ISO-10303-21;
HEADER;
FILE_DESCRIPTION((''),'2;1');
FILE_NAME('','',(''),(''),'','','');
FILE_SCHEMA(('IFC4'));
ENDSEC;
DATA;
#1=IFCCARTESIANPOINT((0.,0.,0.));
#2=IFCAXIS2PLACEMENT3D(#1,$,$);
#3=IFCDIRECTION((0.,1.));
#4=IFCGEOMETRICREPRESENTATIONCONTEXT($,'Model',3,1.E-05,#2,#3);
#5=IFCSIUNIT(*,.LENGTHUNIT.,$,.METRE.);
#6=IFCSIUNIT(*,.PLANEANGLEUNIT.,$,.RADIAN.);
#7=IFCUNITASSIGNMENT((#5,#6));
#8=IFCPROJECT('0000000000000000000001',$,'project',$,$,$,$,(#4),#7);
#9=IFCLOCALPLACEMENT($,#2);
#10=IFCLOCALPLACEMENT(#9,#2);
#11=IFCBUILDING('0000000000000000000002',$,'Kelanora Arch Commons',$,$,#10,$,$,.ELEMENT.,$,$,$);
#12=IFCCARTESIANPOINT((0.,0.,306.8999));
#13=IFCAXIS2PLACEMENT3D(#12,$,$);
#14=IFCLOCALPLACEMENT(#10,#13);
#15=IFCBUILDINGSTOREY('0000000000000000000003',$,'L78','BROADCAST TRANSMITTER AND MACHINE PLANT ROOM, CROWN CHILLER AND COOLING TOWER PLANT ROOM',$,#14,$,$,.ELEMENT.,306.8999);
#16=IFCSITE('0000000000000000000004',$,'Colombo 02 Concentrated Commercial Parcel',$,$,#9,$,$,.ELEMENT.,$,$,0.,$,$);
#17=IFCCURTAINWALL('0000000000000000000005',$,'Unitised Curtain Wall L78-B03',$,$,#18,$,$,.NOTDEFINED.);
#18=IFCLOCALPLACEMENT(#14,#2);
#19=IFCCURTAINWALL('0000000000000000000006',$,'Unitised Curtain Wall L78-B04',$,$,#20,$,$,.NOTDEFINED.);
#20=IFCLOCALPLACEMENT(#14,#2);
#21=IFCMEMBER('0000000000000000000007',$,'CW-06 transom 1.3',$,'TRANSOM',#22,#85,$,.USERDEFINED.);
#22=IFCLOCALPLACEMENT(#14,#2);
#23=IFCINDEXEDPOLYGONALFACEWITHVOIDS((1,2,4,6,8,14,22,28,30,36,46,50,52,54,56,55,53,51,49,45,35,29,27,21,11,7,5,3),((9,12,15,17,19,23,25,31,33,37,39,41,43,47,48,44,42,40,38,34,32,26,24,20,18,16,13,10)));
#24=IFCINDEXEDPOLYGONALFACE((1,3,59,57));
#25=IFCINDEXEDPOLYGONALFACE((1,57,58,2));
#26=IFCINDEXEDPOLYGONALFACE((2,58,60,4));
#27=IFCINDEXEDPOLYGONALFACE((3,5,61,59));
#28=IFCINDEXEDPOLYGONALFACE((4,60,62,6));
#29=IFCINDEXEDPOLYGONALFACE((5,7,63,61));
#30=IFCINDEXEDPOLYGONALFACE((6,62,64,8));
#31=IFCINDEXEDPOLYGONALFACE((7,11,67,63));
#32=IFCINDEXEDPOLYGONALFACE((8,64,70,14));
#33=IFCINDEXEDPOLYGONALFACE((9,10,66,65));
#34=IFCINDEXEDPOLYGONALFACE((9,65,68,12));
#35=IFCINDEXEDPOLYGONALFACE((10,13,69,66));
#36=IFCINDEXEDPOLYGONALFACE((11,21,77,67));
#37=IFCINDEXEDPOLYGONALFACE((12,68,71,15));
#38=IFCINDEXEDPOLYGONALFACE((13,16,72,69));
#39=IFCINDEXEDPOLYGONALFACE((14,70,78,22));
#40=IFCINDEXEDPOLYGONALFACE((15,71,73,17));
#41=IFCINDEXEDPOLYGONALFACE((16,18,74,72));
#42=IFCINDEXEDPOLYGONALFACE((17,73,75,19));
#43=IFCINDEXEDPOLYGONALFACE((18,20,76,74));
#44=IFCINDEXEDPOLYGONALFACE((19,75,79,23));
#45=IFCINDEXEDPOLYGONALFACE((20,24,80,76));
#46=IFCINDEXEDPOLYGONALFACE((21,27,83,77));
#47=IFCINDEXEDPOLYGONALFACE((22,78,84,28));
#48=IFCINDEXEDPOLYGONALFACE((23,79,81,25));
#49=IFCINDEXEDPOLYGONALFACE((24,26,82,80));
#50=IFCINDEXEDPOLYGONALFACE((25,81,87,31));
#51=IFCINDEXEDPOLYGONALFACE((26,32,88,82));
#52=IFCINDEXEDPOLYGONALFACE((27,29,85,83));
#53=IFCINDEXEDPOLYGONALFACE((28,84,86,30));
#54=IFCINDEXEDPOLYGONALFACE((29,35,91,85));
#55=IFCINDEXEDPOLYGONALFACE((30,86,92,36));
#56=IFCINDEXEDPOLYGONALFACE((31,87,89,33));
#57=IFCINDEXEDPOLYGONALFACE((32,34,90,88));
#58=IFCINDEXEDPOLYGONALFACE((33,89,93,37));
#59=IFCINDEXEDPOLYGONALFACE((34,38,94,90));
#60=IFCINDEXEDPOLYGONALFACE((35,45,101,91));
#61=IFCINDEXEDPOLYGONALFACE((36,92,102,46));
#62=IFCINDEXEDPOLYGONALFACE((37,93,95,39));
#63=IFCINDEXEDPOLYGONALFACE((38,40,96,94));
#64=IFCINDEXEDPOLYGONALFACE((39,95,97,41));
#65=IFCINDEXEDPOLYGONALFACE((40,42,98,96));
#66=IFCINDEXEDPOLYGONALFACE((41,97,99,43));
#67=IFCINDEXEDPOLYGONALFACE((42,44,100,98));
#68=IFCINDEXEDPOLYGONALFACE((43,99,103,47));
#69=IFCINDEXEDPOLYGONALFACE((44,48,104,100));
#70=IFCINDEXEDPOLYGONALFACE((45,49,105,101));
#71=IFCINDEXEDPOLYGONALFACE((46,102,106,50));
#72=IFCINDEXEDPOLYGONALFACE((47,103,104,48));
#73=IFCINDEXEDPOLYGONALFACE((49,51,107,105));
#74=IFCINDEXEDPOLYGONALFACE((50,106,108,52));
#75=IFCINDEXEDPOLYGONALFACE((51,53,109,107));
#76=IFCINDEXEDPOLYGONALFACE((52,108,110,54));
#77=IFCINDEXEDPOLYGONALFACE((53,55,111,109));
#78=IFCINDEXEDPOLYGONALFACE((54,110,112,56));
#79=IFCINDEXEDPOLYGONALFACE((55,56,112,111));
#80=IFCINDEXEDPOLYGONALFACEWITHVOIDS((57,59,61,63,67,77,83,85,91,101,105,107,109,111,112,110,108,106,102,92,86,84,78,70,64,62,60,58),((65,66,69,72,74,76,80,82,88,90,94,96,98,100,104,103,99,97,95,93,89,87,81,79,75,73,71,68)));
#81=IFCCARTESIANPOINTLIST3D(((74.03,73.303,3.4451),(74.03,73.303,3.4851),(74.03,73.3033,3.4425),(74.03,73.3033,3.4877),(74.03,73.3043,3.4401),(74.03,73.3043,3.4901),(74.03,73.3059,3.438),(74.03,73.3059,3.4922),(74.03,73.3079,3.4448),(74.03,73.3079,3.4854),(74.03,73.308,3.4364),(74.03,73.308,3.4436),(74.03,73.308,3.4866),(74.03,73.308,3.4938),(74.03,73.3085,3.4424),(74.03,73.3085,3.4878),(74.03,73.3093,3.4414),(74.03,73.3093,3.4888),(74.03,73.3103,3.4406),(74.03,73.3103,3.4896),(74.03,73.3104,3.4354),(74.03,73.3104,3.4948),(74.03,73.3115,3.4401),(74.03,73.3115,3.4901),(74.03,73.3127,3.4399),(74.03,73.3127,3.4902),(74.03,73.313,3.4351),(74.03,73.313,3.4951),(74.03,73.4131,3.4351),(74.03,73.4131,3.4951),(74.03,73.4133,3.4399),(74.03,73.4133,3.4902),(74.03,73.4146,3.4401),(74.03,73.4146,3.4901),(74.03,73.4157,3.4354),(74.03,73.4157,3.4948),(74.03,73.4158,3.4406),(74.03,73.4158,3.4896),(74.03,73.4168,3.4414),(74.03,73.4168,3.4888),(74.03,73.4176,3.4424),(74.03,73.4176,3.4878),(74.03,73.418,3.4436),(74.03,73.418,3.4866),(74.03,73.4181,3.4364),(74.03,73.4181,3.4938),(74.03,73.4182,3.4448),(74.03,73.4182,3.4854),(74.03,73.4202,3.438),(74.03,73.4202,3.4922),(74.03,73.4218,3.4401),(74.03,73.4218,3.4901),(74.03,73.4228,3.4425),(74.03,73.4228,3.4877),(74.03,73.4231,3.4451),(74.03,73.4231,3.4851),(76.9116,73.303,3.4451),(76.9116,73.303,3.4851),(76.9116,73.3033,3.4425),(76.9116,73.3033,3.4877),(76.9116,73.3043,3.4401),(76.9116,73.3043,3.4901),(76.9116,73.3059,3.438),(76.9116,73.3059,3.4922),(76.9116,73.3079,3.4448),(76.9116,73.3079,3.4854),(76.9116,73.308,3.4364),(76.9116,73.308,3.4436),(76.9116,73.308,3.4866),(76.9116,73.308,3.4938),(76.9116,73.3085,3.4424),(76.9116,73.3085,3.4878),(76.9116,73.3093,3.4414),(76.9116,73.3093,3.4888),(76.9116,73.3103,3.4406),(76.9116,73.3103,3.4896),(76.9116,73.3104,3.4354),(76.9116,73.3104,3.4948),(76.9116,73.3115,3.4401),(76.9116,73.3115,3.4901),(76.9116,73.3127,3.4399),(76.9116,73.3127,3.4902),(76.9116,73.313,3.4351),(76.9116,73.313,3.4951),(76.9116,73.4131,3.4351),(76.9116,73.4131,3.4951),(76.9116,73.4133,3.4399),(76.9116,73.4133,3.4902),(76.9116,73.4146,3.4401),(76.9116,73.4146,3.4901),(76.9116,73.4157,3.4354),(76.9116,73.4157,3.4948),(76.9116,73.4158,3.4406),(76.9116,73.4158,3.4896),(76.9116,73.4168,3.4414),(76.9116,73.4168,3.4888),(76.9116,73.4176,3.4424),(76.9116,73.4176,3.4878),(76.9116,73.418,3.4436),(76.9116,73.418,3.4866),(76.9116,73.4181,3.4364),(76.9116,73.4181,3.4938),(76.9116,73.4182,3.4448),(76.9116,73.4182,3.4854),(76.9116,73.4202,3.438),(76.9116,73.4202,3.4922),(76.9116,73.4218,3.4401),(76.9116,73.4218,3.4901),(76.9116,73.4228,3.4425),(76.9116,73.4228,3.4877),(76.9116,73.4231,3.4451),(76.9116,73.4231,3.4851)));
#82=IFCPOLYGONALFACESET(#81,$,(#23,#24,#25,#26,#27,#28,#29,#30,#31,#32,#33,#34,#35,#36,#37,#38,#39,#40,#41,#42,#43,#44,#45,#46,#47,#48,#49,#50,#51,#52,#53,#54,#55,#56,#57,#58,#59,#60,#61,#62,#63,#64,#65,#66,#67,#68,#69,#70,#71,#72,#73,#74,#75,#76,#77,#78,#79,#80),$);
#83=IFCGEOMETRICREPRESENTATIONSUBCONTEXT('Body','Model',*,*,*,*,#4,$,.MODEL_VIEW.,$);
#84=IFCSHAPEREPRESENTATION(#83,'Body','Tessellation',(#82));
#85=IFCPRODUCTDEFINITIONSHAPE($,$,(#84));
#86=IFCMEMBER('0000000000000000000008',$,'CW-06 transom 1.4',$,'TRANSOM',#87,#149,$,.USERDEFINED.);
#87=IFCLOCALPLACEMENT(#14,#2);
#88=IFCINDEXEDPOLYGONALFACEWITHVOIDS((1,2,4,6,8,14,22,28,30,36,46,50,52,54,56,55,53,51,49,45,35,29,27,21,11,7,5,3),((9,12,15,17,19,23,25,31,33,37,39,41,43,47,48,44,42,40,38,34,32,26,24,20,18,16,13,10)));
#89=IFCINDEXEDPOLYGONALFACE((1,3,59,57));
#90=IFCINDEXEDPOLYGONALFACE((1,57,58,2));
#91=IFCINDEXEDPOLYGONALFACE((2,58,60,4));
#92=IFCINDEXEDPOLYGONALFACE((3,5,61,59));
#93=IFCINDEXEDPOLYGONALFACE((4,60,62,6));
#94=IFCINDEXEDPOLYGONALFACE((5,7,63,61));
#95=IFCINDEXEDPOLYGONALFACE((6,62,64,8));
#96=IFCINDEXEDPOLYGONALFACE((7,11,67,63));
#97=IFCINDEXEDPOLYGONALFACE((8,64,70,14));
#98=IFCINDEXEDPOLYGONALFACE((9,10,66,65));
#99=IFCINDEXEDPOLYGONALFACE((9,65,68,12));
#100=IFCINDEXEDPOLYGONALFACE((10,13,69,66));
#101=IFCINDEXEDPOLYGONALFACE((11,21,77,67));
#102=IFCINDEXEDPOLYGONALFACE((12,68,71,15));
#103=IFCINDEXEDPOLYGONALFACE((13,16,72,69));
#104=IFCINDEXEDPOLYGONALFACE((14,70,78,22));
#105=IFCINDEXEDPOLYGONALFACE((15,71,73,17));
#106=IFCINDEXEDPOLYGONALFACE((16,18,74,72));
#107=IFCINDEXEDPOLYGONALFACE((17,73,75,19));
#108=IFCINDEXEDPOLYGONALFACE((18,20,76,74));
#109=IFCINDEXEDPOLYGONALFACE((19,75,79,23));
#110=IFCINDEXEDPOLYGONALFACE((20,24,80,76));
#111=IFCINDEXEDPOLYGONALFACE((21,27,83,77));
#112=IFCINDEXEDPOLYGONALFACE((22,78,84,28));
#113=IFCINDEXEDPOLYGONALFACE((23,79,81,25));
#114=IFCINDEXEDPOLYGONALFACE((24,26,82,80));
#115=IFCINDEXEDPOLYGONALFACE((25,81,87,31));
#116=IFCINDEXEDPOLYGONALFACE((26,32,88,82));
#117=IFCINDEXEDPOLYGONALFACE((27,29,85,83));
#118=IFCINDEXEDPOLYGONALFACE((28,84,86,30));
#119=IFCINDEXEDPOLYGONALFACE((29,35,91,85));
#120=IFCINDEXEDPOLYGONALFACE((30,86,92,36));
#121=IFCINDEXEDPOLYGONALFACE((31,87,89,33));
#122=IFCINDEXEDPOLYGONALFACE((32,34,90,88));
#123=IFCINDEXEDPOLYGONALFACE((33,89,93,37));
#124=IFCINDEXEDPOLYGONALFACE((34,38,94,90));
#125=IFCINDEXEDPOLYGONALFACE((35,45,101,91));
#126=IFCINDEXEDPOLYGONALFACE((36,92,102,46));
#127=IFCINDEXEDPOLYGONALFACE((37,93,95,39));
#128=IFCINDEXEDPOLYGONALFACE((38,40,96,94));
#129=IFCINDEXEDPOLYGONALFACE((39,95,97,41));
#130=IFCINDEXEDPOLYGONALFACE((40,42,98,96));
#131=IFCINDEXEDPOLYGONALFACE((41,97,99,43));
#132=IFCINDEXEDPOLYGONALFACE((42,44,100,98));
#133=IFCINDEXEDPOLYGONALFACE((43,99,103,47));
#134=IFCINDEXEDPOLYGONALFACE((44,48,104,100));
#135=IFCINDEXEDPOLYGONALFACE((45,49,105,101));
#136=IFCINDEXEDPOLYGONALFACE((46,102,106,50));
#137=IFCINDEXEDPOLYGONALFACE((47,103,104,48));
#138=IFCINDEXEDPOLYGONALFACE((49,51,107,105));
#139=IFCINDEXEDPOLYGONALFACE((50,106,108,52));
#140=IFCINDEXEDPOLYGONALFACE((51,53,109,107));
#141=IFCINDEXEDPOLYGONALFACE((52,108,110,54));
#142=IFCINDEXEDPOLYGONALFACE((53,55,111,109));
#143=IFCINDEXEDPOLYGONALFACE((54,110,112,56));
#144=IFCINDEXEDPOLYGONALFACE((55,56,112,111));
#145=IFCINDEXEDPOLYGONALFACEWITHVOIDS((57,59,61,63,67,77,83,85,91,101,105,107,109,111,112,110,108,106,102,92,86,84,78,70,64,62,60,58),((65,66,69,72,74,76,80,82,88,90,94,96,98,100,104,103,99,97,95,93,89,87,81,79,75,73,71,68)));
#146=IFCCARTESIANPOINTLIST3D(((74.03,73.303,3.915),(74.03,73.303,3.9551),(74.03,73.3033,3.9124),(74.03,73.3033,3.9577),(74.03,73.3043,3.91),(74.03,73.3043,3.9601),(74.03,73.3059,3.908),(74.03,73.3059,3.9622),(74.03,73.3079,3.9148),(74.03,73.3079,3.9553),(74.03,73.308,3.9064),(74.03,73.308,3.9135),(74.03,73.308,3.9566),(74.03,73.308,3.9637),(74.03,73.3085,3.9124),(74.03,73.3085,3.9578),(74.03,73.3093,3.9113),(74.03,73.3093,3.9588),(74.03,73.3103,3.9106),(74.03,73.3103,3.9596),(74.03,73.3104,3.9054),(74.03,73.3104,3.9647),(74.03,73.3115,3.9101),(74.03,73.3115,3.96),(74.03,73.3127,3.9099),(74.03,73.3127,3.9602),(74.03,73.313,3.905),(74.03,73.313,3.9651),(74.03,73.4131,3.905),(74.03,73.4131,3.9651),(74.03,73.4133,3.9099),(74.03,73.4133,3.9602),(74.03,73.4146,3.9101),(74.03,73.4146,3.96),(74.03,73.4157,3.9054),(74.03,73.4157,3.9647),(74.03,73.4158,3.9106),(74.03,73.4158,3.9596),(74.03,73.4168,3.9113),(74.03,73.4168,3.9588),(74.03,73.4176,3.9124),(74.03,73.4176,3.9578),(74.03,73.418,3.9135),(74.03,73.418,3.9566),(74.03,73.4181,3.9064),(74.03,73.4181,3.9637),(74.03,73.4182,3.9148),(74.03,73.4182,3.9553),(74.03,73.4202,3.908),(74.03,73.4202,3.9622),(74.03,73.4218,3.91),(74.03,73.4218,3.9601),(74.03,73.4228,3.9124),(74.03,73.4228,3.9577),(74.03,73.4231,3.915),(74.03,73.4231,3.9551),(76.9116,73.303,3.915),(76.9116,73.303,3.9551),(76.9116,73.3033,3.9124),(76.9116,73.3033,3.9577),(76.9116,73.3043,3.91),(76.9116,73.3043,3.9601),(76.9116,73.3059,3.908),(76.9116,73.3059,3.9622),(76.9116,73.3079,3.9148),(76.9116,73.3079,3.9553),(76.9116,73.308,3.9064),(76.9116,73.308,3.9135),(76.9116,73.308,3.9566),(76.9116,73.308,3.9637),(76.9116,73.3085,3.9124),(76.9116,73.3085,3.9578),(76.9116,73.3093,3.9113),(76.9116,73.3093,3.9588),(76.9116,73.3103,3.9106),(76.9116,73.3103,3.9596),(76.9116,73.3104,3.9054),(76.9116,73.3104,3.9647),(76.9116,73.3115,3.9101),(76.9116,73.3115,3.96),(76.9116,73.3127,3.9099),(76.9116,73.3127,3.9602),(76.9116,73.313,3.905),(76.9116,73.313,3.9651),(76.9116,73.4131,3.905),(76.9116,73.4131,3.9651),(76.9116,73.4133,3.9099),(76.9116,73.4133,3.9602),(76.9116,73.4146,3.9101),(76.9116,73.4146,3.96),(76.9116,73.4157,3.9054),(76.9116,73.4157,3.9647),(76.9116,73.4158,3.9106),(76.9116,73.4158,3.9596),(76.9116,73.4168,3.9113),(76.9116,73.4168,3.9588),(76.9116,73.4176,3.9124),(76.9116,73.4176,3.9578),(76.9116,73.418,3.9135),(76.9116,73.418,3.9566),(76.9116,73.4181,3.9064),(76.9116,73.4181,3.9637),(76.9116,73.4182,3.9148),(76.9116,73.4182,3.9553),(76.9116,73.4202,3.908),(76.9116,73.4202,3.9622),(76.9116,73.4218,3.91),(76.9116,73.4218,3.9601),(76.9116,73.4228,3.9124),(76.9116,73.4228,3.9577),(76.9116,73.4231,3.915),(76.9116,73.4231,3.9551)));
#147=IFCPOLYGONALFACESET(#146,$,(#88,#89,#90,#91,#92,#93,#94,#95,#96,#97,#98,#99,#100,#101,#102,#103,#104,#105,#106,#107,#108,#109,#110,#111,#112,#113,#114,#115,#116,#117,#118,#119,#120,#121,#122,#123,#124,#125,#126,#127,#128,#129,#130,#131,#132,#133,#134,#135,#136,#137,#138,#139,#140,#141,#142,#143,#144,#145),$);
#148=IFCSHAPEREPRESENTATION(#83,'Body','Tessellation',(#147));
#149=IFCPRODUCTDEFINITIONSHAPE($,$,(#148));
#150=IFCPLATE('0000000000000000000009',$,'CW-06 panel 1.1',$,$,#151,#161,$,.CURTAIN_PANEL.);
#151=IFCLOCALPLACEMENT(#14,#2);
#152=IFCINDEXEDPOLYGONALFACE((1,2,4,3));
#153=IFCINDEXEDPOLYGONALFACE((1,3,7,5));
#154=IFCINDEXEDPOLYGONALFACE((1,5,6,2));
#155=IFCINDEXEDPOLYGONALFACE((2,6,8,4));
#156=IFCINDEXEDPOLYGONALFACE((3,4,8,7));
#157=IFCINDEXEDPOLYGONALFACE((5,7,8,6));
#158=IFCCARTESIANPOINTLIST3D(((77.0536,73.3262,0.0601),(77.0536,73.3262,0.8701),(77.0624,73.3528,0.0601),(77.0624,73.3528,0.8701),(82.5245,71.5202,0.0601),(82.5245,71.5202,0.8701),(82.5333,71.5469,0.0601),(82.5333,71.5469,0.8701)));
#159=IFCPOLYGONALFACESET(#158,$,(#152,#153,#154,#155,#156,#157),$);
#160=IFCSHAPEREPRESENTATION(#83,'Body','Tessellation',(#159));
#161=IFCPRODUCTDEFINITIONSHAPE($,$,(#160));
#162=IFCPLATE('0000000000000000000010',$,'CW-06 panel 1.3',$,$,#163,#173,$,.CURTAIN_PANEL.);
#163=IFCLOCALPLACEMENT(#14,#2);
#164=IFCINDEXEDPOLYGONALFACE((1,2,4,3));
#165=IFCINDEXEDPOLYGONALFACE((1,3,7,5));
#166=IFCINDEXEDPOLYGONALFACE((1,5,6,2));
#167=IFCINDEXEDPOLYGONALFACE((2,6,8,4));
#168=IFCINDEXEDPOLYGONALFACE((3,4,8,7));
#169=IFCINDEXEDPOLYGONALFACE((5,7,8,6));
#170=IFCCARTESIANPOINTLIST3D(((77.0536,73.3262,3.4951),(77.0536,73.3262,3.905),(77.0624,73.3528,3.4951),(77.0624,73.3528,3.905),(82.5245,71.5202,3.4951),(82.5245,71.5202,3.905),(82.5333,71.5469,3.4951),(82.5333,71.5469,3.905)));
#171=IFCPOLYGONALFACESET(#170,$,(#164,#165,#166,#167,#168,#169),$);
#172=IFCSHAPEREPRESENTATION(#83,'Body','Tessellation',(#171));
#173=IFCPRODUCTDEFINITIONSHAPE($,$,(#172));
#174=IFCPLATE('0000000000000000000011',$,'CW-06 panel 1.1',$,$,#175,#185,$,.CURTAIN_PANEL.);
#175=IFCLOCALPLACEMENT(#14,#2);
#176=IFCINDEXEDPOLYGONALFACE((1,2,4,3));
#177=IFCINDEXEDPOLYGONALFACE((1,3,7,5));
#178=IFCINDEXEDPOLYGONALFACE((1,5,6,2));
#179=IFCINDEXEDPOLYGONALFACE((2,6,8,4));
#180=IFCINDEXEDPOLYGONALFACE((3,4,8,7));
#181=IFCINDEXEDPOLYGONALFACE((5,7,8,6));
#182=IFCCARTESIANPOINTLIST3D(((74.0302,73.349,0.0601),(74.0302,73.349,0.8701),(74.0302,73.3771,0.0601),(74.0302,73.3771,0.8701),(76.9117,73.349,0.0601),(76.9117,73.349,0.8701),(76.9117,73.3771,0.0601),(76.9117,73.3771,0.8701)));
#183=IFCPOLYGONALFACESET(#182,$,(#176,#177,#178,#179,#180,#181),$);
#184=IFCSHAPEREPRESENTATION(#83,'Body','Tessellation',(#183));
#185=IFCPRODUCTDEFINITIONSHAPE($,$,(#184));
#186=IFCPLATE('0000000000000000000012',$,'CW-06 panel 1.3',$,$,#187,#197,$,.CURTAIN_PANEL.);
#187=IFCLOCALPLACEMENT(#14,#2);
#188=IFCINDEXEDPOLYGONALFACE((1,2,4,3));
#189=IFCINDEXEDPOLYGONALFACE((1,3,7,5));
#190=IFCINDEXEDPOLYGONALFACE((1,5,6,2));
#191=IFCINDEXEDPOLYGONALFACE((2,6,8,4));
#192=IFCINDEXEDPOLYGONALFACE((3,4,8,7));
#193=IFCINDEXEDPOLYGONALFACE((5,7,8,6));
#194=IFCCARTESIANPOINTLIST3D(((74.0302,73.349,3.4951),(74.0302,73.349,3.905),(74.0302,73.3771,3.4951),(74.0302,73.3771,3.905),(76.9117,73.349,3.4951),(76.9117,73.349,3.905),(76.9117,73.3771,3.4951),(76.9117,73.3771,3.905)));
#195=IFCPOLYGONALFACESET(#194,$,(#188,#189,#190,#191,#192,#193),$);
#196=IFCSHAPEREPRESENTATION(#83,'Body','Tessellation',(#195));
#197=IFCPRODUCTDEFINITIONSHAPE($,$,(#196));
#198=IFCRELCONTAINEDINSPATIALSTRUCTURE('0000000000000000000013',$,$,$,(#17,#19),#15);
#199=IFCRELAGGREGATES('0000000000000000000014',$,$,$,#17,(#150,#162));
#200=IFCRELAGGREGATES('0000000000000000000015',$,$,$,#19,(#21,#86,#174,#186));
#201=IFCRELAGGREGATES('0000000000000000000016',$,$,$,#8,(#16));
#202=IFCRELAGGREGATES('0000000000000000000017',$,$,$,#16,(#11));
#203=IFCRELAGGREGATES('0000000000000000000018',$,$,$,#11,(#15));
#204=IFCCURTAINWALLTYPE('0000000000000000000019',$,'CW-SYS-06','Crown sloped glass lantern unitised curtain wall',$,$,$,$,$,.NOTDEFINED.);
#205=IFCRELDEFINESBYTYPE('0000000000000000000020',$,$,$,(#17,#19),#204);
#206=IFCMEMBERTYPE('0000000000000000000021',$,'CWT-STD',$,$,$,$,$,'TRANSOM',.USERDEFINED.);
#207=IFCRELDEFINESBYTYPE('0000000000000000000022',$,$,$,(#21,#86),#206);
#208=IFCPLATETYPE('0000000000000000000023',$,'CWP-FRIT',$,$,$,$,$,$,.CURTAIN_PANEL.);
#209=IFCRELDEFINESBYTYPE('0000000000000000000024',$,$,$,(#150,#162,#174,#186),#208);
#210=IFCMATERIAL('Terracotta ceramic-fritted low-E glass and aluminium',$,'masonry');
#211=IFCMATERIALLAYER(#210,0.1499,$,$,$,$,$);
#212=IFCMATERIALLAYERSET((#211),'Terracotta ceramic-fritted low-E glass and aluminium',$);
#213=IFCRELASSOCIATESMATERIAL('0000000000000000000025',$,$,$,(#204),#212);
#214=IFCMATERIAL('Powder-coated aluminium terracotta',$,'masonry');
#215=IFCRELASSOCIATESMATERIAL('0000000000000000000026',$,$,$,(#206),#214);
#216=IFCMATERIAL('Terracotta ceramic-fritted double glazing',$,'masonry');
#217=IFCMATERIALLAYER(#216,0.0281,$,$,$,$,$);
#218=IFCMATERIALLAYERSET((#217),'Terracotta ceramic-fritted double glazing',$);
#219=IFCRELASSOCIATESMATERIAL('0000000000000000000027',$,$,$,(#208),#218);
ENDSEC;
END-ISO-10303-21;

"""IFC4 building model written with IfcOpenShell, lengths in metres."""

from ifc_helpers import new_model, si_unit, direction, frame, origin, origin_2d, place, context, subcontext, project, spatial, rectangle, hollow_rectangle, extrude, source, transform, mapped, material, layer, layer_set, material_profile, profile_set, type_object, element, aggregate, save


model = new_model("IFC4")

# Units and contexts
model_context = context("Model", 3, precision=1e-05, world=origin(), true_north=direction((0.0, 1.0)))
body_context = subcontext(model_context, "Body", "Model", "MODEL_VIEW")
ifc_project = project(units=[si_unit("LENGTHUNIT", "METRE"), si_unit("PLANEANGLEUNIT", "RADIAN")], contexts=[model_context])

# Site, building, storey
site_placement = place(None, origin())
site = spatial("IfcSite", under=ifc_project, at=site_placement, Name="Colombo 02 Concentrated Commercial Parcel", CompositionType="ELEMENT", RefElevation=0.0)
building_placement = place(site_placement, origin())
building = spatial("IfcBuilding", under=site, at=building_placement, Name="Kelanora Arch Commons", CompositionType="ELEMENT")
storey_placement = place(building_placement, frame((0.0, 0.0, 306.8999)))
storey = spatial("IfcBuildingStorey", under=building, at=storey_placement, Name="L78", Description="BROADCAST TRANSMITTER AND MACHINE PLANT ROOM, CROWN CHILLER AND COOLING TOWER PLANT ROOM", CompositionType="ELEMENT", Elevation=306.8999)

# Curtain wall
ifc_material_1 = material(Name="Terracotta ceramic-fritted low-E glass and aluminium", Category="masonry")
ifc_layer_1 = layer(ifc_material_1, 0.1499)
ifc_layer_set_1 = layer_set([ifc_layer_1], Name="Terracotta ceramic-fritted low-E glass and aluminium")
curtain_wall_type = type_object("IfcCurtainWallType", Name="CW-SYS-06", Description="Crown sloped glass lantern unitised curtain wall", PredefinedType="NOTDEFINED", material=ifc_layer_set_1)
curtain_wall_1_placement = place(storey_placement, origin())
curtain_wall_1 = element("IfcCurtainWall", 1, at=curtain_wall_1_placement, inside=storey, type_object=curtain_wall_type, Name="Unitised Curtain Wall L78-B03", PredefinedType="NOTDEFINED")
ifc_material_2 = material(Name="Powder-coated aluminium terracotta", Category="masonry")

# Curtain wall
curtain_wall_2_placement = place(storey_placement, origin())
curtain_wall_2 = element("IfcCurtainWall", 2, at=curtain_wall_2_placement, inside=storey, type_object=curtain_wall_type, Name="Unitised Curtain Wall L78-B04", PredefinedType="NOTDEFINED")

# Members
ifc_material_profile_1 = material_profile(ifc_material_2, hollow_rectangle(XDim=0.1201, YDim=0.0601, WallThickness=0.0049, InnerFilletRadius=0.0049, OuterFilletRadius=0.01, at=origin_2d()), Name="CWT120x60")
ifc_profile_set_1 = profile_set([ifc_material_profile_1], Name="Powder-coated aluminium terracotta")
member_type_1 = type_object("IfcMemberType", Name="CWT-STD", ElementType="TRANSOM", PredefinedType="USERDEFINED", material=ifc_profile_set_1)
member_1_placement = place(storey_placement, frame((76.9116, 73.363, 3.4651), z_axis=(-1.0, 0.0, 0.0), x_axis=(0.0, -1.0, 0.0)))
member_1 = element("IfcMember", 3, at=member_1_placement, type_object=member_type_1, Name="CW-06 transom 1.3", ObjectType="TRANSOM", PredefinedType="USERDEFINED", context=body_context, shape_type="SweptSolid", body=[
    extrude(hollow_rectangle(XDim=0.1201, YDim=0.0601, WallThickness=0.0049, InnerFilletRadius=0.0049, OuterFilletRadius=0.01, at=origin_2d()), origin(), (0.0, 0.0, 1.0), 2.8816),
])
member_2_placement = place(storey_placement, frame((76.9116, 73.363, 3.9351), z_axis=(-1.0, 0.0, 0.0), x_axis=(0.0, -1.0, 0.0)))
member_2 = element("IfcMember", 4, at=member_2_placement, type_object=member_type_1, Name="CW-06 transom 1.4", ObjectType="TRANSOM", PredefinedType="USERDEFINED", context=body_context, shape_type="SweptSolid", body=[
    extrude(hollow_rectangle(XDim=0.1201, YDim=0.0601, WallThickness=0.0049, InnerFilletRadius=0.0049, OuterFilletRadius=0.01, at=origin_2d()), origin(), (0.0, 0.0, 1.0), 2.8816),
])

# Plates
ifc_material_3 = material(Name="Terracotta ceramic-fritted double glazing", Category="masonry")
ifc_layer_2 = layer(ifc_material_3, 0.0281)
ifc_layer_set_2 = layer_set([ifc_layer_2], Name="Terracotta ceramic-fritted double glazing")
plate_type = type_object("IfcPlateType", Name="CWP-FRIT", PredefinedType="CURTAIN_PANEL", material=ifc_layer_set_2)
shared_shape_1 = source(origin(), body_context, "Body", "SweptSolid", [
    extrude(rectangle(XDim=5.7612, YDim=0.0281, at=origin_2d()), origin(), (0.0, 0.0, 1.0), 0.8101),
])
plate_1_placement = place(storey_placement, frame((79.7935, 72.4365, 0.0601), z_axis=(0.0, 0.0, 1.0), x_axis=(-0.949599, 0.313467, 0.0)))
plate_1 = element("IfcPlate", 5, at=plate_1_placement, type_object=plate_type, Name="CW-06 panel 1.1", PredefinedType="CURTAIN_PANEL", context=body_context, shape_type="MappedRepresentation", body=[
    mapped(shared_shape_1, transform((0.0, 0.0, 0.0), scale=1.0)),
])
shared_shape_2 = source(origin(), body_context, "Body", "SweptSolid", [
    extrude(rectangle(XDim=5.7612, YDim=0.0281, at=origin_2d()), origin(), (0.0, 0.0, 1.0), 0.4099),
])
plate_2_placement = place(storey_placement, frame((79.7935, 72.4365, 3.4951), z_axis=(0.0, 0.0, 1.0), x_axis=(-0.949599, 0.313467, 0.0)))
plate_2 = element("IfcPlate", 6, at=plate_2_placement, type_object=plate_type, Name="CW-06 panel 1.3", PredefinedType="CURTAIN_PANEL", context=body_context, shape_type="MappedRepresentation", body=[
    mapped(shared_shape_2, transform((0.0, 0.0, 0.0), scale=1.0)),
])
shared_shape_3 = source(origin(), body_context, "Body", "SweptSolid", [
    extrude(rectangle(XDim=2.8816, YDim=0.0281, at=origin_2d()), origin(), (0.0, 0.0, 1.0), 0.8101),
])
plate_3_placement = place(storey_placement, frame((75.4709, 73.363, 0.0601), z_axis=(0.0, 0.0, 1.0), x_axis=(-1.0, 0.0, 0.0)))
plate_3 = element("IfcPlate", 7, at=plate_3_placement, type_object=plate_type, Name="CW-06 panel 1.1", PredefinedType="CURTAIN_PANEL", context=body_context, shape_type="MappedRepresentation", body=[
    mapped(shared_shape_3, transform((0.0, 0.0, 0.0), scale=1.0)),
])
shared_shape_4 = source(origin(), body_context, "Body", "SweptSolid", [
    extrude(rectangle(XDim=2.8816, YDim=0.0281, at=origin_2d()), origin(), (0.0, 0.0, 1.0), 0.4099),
])
plate_4_placement = place(storey_placement, frame((75.4709, 73.363, 3.4951), z_axis=(0.0, 0.0, 1.0), x_axis=(-1.0, 0.0, 0.0)))
plate_4 = element("IfcPlate", 8, at=plate_4_placement, type_object=plate_type, Name="CW-06 panel 1.3", PredefinedType="CURTAIN_PANEL", context=body_context, shape_type="MappedRepresentation", body=[
    mapped(shared_shape_4, transform((0.0, 0.0, 0.0), scale=1.0)),
])
aggregate(curtain_wall_1, [plate_1, plate_2])
aggregate(curtain_wall_2, [member_1, member_2, plate_3, plate_4])

save(model, "model.ifc")
